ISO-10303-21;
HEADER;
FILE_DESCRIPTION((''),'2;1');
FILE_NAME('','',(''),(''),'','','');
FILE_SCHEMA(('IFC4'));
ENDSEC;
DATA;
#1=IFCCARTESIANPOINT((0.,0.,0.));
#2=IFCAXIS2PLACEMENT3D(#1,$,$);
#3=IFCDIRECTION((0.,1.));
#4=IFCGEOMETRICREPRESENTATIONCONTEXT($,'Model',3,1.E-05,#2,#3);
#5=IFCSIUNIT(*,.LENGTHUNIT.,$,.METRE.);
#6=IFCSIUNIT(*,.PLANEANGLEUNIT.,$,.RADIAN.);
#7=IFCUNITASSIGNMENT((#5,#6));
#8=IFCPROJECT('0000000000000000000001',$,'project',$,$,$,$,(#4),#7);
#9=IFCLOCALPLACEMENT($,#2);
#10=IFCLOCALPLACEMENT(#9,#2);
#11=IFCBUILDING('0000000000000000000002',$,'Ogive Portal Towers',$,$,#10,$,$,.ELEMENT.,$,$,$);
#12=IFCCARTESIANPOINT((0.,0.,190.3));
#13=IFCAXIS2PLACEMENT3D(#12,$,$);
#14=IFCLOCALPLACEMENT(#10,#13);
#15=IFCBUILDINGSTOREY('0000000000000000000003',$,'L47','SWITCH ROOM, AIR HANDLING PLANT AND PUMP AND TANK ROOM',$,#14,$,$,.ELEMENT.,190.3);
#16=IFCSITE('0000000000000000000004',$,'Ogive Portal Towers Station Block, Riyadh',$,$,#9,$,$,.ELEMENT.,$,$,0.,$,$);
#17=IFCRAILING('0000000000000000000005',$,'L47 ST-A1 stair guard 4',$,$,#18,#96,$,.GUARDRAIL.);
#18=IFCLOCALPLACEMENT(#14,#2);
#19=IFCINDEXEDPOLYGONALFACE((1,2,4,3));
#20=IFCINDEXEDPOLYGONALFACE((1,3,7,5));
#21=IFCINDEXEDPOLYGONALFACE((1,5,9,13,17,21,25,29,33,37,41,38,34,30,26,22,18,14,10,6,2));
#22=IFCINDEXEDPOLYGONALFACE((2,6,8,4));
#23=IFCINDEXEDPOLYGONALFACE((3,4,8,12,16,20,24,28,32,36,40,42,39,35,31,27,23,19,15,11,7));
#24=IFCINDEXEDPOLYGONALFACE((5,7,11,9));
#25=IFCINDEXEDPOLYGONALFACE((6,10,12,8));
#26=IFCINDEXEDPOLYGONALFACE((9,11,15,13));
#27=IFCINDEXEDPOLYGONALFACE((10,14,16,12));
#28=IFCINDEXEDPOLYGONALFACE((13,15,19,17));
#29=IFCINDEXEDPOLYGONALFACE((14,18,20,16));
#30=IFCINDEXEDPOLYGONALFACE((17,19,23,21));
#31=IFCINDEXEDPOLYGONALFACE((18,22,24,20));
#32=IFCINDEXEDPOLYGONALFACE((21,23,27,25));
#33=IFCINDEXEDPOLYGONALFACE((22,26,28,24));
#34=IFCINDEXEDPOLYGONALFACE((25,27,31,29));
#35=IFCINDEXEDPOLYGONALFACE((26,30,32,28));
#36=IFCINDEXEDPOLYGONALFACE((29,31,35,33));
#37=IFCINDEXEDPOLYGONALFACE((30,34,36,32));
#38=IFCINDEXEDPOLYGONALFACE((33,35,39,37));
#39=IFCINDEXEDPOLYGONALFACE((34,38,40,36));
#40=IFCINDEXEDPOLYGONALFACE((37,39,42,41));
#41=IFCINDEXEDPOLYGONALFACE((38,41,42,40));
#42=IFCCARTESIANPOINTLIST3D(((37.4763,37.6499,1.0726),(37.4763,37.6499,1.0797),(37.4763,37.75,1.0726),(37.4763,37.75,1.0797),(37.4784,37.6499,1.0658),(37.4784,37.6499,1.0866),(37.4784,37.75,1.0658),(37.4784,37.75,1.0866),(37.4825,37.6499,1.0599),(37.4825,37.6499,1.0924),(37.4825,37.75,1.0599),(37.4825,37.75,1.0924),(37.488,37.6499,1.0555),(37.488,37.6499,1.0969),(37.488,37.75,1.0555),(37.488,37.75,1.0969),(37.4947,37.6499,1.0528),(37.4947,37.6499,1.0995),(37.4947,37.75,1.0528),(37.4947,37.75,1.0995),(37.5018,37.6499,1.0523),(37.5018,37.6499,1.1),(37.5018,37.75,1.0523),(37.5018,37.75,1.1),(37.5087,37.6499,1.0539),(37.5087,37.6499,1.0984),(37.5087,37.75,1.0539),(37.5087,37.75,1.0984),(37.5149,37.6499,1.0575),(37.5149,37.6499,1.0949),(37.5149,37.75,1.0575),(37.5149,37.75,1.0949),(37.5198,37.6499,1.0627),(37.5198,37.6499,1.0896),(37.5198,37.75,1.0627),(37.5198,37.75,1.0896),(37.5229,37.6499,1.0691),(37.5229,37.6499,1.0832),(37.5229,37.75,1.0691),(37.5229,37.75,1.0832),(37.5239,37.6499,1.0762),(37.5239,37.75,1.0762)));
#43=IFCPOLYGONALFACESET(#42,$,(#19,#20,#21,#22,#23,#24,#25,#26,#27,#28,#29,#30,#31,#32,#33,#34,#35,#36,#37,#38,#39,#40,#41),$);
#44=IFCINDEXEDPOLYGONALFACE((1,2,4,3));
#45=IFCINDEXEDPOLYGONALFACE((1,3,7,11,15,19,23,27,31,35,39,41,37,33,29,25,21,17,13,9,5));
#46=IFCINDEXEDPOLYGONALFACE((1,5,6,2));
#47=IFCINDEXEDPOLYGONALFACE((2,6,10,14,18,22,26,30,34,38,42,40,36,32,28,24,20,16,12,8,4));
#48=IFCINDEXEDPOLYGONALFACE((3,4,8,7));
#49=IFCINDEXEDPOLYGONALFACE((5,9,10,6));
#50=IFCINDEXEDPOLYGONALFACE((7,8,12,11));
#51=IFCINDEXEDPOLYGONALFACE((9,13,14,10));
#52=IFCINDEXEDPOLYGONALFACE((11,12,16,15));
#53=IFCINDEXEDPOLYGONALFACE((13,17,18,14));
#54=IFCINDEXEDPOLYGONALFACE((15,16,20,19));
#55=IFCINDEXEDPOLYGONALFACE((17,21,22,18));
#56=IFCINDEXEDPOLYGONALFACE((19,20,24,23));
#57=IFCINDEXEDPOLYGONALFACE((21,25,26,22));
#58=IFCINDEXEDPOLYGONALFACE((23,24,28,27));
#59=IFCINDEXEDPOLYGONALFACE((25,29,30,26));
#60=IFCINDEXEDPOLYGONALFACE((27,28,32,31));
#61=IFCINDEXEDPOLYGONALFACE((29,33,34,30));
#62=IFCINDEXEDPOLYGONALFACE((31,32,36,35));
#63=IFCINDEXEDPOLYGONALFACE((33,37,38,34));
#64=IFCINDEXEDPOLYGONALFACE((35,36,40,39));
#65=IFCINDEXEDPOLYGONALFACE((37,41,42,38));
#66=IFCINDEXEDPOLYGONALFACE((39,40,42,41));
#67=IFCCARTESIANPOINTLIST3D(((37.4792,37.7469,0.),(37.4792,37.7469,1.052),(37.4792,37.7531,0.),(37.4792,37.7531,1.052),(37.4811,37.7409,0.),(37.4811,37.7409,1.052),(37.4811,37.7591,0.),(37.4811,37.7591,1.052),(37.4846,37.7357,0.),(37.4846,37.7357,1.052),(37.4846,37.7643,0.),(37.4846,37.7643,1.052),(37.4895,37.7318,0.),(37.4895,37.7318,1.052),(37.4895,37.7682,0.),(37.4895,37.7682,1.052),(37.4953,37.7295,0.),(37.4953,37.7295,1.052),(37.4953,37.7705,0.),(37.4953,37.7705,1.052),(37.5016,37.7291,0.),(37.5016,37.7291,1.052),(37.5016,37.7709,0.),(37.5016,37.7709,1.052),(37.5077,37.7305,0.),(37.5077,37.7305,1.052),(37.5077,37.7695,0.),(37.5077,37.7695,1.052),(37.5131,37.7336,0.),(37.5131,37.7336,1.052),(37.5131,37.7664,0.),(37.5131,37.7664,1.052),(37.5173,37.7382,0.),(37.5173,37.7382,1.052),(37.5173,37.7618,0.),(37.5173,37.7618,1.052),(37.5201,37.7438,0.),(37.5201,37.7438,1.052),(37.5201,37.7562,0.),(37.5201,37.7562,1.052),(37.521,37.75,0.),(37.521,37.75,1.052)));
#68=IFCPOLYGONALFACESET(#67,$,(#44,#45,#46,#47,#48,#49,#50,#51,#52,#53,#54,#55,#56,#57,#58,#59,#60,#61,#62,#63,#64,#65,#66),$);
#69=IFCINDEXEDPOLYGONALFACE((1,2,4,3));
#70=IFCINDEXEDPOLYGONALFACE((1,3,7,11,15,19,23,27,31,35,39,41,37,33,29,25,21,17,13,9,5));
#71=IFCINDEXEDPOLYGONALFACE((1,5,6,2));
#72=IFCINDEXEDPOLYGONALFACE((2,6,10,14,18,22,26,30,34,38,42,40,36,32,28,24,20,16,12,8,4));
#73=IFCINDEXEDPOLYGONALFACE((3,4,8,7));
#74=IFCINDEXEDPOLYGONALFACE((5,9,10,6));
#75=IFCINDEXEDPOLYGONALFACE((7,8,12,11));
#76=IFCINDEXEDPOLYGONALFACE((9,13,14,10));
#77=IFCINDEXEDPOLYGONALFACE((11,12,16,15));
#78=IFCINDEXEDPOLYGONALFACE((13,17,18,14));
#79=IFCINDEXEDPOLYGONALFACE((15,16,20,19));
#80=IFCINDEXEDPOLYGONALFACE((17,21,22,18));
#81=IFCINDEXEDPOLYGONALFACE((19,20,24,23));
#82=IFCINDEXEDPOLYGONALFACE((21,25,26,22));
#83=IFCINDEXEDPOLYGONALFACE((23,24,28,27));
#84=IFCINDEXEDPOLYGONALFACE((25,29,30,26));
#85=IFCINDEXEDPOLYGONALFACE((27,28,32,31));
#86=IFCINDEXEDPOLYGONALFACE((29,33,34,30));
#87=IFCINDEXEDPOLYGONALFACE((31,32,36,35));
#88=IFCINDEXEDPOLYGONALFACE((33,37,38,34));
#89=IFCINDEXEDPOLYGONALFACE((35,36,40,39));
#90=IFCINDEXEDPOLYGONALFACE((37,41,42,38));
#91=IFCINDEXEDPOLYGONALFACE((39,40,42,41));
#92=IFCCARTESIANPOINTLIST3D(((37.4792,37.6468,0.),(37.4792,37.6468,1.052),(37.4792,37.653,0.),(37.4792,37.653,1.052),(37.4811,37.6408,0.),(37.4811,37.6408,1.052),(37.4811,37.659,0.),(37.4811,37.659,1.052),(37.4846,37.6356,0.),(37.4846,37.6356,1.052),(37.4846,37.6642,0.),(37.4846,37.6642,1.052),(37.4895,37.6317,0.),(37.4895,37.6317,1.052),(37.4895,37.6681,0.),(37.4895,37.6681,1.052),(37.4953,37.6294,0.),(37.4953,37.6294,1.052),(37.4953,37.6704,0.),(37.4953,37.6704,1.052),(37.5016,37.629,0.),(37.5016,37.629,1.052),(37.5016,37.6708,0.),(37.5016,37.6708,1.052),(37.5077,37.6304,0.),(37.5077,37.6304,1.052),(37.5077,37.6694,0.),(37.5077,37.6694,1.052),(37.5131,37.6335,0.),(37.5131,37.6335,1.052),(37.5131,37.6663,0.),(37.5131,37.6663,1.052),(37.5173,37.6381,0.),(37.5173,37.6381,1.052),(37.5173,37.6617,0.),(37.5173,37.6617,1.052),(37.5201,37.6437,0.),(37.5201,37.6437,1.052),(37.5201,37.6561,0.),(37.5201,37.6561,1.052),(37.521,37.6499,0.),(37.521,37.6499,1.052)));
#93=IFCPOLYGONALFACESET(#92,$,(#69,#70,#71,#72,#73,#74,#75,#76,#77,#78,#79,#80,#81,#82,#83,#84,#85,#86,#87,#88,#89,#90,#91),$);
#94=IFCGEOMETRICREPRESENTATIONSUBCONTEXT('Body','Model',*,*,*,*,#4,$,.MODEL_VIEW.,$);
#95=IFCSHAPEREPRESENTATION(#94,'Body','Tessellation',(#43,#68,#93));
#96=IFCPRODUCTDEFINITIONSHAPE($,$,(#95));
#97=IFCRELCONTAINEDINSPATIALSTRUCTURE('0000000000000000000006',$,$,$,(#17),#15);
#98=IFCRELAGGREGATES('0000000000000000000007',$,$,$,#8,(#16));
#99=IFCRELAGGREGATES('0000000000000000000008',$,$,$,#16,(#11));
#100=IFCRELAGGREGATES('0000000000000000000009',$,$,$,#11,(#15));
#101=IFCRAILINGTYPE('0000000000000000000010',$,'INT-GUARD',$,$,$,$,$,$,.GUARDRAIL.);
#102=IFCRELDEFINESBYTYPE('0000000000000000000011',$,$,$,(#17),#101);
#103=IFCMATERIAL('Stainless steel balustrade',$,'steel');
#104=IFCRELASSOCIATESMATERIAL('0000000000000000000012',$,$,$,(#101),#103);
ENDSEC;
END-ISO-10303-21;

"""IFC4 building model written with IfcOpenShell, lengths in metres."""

from ifc_helpers import new_model, si_unit, direction, frame, origin, origin_2d, place, context, subcontext, project, spatial, circle, extrude, material, type_object, element, save


model = new_model("IFC4")

# Units and contexts
model_context = context("Model", 3, precision=1e-05, world=origin(), true_north=direction((0.0, 1.0)))
body_context = subcontext(model_context, "Body", "Model", "MODEL_VIEW")
ifc_project = project(units=[si_unit("LENGTHUNIT", "METRE"), si_unit("PLANEANGLEUNIT", "RADIAN")], contexts=[model_context])

# Site, building, storey
site_placement = place(None, origin())
site = spatial("IfcSite", under=ifc_project, at=site_placement, Name="Ogive Portal Towers Station Block, Riyadh", CompositionType="ELEMENT", RefElevation=0.0)
building_placement = place(site_placement, origin())
building = spatial("IfcBuilding", under=site, at=building_placement, Name="Ogive Portal Towers", CompositionType="ELEMENT")
storey_placement = place(building_placement, frame((0.0, 0.0, 190.3)))
storey = spatial("IfcBuildingStorey", under=building, at=storey_placement, Name="L47", Description="SWITCH ROOM, AIR HANDLING PLANT AND PUMP AND TANK ROOM", CompositionType="ELEMENT", Elevation=190.3)

# Railing
ifc_material_1 = material(Name="Stainless steel balustrade", Category="steel")
railing_type_1 = type_object("IfcRailingType", Name="INT-GUARD", PredefinedType="GUARDRAIL", material=ifc_material_1)
railing_1_placement = place(storey_placement, frame((37.5, 37.75, 0.0)))
element("IfcRailing", 1, at=railing_1_placement, inside=storey, type_object=railing_type_1, Name="L47 ST-A1 stair guard 4", PredefinedType="GUARDRAIL", context=body_context, shape_type="SweptSolid", body=[
    extrude(circle(Radius=0.0239, at=origin_2d()), frame((0.0, 0.0, 1.0762), z_axis=(0.0, -1.0, 0.0), x_axis=(1.0, 0.0, 0.0)), (0.0, 0.0, 1.0), 0.1001),
    extrude(circle(Radius=0.021, at=origin_2d()), origin(), (0.0, 0.0, 1.0), 1.052),
    extrude(circle(Radius=0.021, at=origin_2d()), frame((0.0, -0.1001, 0.0)), (0.0, 0.0, 1.0), 1.052),
])

save(model, "model.ifc")
